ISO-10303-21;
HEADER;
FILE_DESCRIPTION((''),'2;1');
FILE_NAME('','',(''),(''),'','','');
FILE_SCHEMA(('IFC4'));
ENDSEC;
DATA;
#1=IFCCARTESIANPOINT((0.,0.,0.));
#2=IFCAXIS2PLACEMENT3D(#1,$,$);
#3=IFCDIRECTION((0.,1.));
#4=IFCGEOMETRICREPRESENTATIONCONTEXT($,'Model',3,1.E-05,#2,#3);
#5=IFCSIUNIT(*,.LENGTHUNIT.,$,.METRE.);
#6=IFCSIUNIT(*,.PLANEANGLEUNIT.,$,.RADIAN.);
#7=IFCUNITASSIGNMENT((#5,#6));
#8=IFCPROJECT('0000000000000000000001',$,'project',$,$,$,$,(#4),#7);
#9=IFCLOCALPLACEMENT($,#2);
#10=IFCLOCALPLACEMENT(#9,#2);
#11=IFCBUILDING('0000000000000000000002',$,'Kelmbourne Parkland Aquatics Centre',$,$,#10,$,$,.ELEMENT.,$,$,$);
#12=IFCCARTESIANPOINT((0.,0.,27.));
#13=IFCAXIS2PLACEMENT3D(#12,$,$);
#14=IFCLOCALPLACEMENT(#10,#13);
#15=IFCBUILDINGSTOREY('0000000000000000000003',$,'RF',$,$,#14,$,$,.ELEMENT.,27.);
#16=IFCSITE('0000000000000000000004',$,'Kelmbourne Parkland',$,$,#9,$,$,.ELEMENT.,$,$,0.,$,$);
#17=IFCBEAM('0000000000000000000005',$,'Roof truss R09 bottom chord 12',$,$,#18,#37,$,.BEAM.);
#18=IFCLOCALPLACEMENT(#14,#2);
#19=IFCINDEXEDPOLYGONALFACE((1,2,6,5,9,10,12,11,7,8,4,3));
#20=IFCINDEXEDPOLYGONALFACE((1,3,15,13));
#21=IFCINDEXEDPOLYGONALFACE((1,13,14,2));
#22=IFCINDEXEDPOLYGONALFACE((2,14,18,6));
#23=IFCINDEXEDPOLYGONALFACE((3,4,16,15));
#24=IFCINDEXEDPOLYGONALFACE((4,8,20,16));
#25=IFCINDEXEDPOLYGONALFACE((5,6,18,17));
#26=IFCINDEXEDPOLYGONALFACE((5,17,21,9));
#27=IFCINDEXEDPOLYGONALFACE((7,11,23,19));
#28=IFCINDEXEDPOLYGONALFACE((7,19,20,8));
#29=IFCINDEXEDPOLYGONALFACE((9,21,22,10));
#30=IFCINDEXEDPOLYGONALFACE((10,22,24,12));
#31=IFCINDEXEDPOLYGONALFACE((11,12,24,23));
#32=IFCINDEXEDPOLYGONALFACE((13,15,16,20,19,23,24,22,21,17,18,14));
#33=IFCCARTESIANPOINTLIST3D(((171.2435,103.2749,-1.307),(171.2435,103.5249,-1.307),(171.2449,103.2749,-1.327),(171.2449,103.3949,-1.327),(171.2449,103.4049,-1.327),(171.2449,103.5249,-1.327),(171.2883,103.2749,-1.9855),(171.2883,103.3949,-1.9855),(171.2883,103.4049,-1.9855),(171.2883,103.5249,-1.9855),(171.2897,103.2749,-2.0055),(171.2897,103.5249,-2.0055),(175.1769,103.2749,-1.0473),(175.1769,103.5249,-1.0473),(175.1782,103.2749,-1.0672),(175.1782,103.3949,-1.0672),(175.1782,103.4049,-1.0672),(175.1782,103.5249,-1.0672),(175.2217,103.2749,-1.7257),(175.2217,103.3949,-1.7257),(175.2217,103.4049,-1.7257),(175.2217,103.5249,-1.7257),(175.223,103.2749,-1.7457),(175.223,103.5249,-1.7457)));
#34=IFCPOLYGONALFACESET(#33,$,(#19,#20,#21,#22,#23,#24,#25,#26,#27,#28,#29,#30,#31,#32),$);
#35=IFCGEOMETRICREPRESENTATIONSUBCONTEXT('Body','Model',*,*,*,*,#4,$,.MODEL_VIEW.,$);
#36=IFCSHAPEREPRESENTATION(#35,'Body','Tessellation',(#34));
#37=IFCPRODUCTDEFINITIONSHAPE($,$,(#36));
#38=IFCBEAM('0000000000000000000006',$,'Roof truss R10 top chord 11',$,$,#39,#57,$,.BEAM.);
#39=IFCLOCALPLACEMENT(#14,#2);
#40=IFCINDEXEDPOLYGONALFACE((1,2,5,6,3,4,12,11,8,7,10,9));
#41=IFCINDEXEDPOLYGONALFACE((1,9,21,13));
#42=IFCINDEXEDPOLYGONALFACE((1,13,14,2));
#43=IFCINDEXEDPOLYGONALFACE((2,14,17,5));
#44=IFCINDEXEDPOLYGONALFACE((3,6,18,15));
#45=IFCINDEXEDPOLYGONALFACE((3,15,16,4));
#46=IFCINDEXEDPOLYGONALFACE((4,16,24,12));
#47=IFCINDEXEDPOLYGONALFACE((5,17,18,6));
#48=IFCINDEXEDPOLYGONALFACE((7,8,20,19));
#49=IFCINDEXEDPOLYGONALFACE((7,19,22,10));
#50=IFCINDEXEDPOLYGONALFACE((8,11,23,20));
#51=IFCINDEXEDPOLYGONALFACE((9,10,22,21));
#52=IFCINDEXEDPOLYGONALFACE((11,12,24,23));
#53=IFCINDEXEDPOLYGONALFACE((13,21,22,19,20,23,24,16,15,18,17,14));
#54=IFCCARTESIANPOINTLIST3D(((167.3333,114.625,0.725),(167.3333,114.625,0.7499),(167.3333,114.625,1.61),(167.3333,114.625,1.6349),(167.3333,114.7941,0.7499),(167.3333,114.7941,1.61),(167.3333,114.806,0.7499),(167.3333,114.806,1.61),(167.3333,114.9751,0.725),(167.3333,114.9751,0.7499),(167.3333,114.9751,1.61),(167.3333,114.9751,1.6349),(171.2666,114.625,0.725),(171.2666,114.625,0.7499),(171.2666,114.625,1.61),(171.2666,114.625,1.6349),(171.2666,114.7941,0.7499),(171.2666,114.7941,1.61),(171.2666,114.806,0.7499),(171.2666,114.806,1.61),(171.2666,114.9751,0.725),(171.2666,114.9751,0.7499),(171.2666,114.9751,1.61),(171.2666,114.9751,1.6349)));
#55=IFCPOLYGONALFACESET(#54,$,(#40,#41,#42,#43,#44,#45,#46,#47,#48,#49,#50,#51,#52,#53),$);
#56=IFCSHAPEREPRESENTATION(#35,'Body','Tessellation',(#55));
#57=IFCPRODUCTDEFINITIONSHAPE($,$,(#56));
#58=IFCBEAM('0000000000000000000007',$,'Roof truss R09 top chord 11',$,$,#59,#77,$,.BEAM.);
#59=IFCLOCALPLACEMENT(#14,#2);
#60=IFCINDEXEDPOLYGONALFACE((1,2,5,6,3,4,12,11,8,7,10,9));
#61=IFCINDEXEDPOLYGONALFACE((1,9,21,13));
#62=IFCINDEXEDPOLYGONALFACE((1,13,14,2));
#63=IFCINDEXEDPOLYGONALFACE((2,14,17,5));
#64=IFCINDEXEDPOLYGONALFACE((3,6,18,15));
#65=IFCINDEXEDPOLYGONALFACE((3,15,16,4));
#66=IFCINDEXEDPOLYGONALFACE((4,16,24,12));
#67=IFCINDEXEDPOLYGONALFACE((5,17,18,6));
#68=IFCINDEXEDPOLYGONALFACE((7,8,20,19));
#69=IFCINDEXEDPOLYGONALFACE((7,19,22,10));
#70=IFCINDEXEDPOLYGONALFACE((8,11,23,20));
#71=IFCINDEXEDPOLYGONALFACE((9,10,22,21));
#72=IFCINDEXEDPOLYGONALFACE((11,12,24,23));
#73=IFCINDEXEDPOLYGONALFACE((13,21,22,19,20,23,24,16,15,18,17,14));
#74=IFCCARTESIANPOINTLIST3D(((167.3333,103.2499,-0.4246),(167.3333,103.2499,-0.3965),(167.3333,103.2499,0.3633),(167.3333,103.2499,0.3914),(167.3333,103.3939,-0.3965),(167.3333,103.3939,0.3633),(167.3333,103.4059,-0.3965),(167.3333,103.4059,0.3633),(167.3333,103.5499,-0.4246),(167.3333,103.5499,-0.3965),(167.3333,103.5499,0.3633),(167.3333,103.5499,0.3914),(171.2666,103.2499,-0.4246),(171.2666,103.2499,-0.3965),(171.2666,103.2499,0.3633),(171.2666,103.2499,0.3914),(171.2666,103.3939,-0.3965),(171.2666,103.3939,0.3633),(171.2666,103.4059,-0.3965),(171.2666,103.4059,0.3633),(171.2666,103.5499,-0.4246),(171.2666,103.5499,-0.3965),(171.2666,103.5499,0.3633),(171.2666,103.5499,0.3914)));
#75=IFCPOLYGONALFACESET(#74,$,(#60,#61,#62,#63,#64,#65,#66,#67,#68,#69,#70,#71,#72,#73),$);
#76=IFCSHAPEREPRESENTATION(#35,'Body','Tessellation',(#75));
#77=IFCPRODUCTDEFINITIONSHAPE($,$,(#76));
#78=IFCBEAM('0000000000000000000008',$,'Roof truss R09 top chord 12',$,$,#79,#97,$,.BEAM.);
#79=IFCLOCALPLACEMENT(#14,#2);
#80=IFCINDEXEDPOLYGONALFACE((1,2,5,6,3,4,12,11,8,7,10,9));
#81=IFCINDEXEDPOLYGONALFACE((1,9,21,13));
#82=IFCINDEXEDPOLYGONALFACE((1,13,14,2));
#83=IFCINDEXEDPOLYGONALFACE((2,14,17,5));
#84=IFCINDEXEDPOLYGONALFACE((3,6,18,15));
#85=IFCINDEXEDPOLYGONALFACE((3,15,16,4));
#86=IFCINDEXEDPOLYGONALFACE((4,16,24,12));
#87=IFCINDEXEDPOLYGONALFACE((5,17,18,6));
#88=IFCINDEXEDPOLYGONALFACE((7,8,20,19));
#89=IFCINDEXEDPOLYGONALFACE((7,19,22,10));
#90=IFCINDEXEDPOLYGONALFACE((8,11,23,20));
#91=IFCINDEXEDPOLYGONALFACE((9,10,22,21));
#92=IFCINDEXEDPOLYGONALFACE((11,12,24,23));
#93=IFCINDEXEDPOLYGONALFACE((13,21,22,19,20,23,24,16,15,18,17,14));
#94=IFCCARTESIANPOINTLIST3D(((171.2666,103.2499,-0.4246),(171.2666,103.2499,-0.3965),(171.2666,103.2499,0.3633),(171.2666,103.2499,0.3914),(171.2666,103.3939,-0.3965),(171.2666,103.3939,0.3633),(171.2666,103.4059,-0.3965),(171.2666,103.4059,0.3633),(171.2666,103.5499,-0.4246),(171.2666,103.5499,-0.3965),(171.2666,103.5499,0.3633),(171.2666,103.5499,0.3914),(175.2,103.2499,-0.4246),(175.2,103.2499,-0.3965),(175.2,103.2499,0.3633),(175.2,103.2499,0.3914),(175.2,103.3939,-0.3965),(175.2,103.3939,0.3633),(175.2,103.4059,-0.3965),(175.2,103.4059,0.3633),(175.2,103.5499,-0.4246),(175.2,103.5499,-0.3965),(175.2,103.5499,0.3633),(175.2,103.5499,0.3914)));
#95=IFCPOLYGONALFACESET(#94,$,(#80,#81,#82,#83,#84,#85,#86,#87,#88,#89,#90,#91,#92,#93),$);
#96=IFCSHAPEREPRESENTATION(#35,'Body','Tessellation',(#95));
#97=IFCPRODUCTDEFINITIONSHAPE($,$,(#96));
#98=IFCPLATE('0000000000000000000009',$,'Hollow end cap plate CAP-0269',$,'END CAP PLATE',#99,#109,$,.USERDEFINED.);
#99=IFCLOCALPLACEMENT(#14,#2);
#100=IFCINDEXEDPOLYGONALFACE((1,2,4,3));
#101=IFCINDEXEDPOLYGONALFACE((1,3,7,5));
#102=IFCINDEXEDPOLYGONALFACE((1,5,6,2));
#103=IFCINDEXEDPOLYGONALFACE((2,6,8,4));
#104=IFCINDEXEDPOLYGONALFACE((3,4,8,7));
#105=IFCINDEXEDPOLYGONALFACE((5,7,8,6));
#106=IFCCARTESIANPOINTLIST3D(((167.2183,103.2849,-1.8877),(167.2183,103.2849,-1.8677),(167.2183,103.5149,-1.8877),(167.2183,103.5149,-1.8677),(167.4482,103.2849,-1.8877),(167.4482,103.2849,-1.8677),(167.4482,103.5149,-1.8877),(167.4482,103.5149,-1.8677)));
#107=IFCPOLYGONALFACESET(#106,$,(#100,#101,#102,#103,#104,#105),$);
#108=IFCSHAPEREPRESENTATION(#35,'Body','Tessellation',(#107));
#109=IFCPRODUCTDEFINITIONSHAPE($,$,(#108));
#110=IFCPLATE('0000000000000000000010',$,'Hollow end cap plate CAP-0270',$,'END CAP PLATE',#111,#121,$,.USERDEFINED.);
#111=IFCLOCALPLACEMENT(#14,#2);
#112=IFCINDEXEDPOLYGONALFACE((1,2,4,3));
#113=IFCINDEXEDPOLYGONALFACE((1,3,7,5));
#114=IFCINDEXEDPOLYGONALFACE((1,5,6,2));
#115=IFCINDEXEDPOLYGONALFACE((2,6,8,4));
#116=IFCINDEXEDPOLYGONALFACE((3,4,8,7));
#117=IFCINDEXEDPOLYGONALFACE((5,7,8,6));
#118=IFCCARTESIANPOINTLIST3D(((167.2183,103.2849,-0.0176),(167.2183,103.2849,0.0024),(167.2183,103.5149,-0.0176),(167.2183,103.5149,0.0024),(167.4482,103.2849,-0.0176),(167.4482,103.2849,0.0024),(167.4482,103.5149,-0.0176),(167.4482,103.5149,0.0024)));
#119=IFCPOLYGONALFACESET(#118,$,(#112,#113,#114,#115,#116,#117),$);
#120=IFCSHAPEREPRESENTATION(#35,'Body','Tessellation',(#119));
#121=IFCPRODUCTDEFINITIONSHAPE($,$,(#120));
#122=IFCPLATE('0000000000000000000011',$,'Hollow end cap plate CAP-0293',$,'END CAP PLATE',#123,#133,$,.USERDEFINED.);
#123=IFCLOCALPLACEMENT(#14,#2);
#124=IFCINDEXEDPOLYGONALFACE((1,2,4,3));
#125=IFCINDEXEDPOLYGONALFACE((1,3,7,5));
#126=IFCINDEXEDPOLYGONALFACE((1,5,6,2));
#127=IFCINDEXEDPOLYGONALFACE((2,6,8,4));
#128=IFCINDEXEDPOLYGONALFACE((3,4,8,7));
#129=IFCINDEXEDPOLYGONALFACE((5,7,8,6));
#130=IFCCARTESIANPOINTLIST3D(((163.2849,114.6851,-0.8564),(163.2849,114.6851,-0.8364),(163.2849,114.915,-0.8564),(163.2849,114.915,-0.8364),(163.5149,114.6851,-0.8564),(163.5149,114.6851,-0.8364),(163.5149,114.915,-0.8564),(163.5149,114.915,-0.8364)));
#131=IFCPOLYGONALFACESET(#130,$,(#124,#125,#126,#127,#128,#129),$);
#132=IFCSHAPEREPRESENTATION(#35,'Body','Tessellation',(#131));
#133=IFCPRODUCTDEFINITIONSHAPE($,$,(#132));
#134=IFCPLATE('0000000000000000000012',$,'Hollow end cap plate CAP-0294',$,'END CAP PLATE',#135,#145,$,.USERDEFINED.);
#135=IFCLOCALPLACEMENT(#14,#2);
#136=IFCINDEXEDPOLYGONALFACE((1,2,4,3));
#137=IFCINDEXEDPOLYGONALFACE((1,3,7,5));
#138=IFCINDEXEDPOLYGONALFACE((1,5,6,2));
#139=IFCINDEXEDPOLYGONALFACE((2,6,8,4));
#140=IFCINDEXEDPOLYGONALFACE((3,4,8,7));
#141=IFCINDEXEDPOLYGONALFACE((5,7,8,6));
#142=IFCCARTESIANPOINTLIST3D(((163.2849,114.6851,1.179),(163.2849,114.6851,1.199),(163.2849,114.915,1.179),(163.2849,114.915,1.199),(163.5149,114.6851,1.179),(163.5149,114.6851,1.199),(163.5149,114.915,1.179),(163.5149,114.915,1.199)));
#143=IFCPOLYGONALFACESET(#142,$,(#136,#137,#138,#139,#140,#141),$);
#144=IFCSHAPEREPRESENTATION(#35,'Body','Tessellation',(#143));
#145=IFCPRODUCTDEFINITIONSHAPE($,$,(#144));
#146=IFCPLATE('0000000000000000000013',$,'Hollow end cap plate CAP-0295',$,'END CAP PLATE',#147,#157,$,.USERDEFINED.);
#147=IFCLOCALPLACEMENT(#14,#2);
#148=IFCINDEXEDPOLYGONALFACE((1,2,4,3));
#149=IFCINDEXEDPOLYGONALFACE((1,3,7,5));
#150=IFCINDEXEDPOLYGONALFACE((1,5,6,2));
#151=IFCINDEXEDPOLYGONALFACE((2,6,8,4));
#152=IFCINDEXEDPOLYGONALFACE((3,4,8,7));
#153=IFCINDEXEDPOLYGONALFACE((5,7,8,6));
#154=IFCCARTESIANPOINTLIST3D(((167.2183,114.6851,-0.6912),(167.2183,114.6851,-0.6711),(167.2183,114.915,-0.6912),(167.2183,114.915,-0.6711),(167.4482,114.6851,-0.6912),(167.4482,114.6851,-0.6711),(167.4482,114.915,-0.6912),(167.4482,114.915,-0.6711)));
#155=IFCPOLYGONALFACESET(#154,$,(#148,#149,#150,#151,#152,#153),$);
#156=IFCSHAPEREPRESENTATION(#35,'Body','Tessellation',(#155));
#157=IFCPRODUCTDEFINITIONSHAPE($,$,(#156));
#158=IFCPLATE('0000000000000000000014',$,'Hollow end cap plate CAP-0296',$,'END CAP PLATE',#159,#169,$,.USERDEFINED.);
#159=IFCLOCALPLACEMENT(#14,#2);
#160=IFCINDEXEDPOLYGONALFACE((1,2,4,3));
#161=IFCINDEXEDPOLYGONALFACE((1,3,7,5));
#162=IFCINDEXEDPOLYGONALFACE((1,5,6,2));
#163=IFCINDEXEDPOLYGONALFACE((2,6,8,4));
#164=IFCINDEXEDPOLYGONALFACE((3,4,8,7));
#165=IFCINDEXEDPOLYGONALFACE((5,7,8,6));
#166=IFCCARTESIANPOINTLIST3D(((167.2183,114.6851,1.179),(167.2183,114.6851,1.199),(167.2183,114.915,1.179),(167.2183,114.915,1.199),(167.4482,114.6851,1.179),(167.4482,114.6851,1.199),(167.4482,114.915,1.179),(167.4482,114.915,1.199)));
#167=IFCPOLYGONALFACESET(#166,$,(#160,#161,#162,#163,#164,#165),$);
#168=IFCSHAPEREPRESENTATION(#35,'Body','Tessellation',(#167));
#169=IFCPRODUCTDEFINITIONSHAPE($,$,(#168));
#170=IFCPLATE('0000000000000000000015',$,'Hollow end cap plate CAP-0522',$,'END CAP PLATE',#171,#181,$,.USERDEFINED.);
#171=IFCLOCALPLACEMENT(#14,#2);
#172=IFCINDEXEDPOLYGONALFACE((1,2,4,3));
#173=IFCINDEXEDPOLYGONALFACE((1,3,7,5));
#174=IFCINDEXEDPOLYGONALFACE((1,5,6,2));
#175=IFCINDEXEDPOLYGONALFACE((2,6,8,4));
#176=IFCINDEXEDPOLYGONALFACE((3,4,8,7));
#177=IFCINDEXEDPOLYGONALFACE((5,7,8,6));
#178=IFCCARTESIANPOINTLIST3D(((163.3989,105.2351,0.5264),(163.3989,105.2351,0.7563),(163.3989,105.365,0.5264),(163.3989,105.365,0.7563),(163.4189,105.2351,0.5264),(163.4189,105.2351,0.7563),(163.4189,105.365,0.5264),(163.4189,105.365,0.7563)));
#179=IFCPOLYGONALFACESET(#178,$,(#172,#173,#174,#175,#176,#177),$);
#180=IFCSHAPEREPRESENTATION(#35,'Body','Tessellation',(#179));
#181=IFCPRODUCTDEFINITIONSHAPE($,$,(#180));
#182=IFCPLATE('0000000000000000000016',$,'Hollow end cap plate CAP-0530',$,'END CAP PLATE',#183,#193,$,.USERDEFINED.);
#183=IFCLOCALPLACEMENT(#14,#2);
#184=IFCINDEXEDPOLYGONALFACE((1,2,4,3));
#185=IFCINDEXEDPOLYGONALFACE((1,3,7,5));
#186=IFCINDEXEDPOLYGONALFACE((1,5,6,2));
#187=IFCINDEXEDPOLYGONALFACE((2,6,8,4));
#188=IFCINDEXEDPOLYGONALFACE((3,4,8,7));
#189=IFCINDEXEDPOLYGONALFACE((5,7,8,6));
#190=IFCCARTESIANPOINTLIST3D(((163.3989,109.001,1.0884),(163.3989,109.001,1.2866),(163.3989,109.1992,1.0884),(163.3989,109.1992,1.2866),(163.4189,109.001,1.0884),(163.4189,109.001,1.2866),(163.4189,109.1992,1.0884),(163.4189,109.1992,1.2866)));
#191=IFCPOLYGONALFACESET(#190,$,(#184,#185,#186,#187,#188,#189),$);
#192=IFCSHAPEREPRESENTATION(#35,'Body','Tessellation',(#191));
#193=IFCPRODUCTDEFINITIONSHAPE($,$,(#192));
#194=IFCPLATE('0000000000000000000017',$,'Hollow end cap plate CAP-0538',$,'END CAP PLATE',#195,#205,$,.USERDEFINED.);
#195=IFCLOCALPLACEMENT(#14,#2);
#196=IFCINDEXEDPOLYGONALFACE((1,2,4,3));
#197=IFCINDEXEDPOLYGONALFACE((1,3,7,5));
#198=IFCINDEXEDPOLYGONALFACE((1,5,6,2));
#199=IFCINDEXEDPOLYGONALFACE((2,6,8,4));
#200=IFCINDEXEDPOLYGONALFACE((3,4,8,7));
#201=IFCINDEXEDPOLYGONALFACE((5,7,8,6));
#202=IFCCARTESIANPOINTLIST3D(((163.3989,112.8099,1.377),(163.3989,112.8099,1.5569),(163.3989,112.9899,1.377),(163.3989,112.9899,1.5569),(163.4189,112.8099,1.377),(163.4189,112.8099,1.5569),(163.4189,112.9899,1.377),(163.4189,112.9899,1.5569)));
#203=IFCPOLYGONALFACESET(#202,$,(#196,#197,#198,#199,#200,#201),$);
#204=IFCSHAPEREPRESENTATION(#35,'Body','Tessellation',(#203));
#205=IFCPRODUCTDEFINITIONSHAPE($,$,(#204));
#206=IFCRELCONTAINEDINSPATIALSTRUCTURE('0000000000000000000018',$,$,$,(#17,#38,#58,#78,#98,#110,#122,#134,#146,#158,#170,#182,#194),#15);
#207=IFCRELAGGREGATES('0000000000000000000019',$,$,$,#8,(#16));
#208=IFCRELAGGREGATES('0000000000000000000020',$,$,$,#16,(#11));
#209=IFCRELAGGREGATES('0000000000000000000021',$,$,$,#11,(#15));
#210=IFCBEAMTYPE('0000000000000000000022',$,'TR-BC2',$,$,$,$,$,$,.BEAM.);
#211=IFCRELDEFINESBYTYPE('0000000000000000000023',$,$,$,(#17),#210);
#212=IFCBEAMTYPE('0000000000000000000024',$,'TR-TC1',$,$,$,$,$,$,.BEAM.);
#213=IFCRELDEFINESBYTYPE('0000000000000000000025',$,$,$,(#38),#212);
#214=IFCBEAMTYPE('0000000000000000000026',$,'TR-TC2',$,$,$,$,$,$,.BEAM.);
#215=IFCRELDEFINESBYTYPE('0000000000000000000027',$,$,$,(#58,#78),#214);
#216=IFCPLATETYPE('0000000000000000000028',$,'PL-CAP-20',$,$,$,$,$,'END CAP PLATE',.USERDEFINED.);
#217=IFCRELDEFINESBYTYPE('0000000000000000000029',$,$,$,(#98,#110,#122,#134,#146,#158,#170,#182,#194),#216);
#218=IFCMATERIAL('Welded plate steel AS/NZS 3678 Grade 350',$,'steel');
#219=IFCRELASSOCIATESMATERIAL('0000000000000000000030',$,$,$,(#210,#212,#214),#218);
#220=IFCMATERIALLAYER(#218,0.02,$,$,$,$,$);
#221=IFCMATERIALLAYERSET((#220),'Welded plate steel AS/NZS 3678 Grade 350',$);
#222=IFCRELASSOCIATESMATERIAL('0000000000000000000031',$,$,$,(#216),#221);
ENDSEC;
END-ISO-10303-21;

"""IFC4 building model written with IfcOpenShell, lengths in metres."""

from ifc_helpers import new_model, si_unit, direction, frame, origin, origin_2d, place, context, subcontext, project, spatial, rectangle, i_section, extrude, material, layer, layer_set, material_profile, profile_set, type_object, element, save


model = new_model("IFC4")

# Units and contexts
model_context = context("Model", 3, precision=1e-05, world=origin(), true_north=direction((0.0, 1.0)))
body_context = subcontext(model_context, "Body", "Model", "MODEL_VIEW")
ifc_project = project(units=[si_unit("LENGTHUNIT", "METRE"), si_unit("PLANEANGLEUNIT", "RADIAN")], contexts=[model_context])

# Site, building, storey
site_placement = place(None, origin())
site = spatial("IfcSite", under=ifc_project, at=site_placement, Name="Kelmbourne Parkland", CompositionType="ELEMENT", RefElevation=0.0)
building_placement = place(site_placement, origin())
building = spatial("IfcBuilding", under=site, at=building_placement, Name="Kelmbourne Parkland Aquatics Centre", CompositionType="ELEMENT")
storey_placement = place(building_placement, frame((0.0, 0.0, 27.0)))
storey = spatial("IfcBuildingStorey", under=building, at=storey_placement, Name="RF", CompositionType="ELEMENT", Elevation=27.0)

# Beams
ifc_material_1 = material(Name="Welded plate steel AS/NZS 3678 Grade 350", Category="steel")
ifc_material_profile_1 = material_profile(ifc_material_1, i_section(OverallWidth=0.25, OverallDepth=0.7, WebThickness=0.01, FlangeThickness=0.02, at=origin_2d()), Name="700WB130")
ifc_profile_set_1 = profile_set([ifc_material_profile_1], Name="Welded plate steel AS/NZS 3678 Grade 350")
beam_type_1 = type_object("IfcBeamType", Name="TR-BC2", PredefinedType="BEAM", material=ifc_profile_set_1)
beam_1_placement = place(storey_placement, frame((171.2666, 103.3999, -1.6562), z_axis=(0.997826, 0.0, 0.065898), x_axis=(0.0, 1.0, 0.0)))
element("IfcBeam", 1, at=beam_1_placement, inside=storey, type_object=beam_type_1, Name="Roof truss R09 bottom chord 12", PredefinedType="BEAM", context=body_context, shape_type="SweptSolid", body=[
    extrude(i_section(OverallWidth=0.25, OverallDepth=0.7, WebThickness=0.01, FlangeThickness=0.02, at=origin_2d()), origin(), (0.0, 0.0, 1.0), 3.9419),
])
ifc_material_profile_2 = material_profile(ifc_material_1, i_section(OverallWidth=0.3501, OverallDepth=0.9099, WebThickness=0.012, FlangeThickness=0.0249, at=origin_2d()), Name="900WB218")
ifc_profile_set_2 = profile_set([ifc_material_profile_2], Name="Welded plate steel AS/NZS 3678 Grade 350")
beam_type_2 = type_object("IfcBeamType", Name="TR-TC1", PredefinedType="BEAM", material=ifc_profile_set_2)
beam_2_placement = place(storey_placement, frame((167.3333, 114.8, 1.1799), z_axis=(1.0, 0.0, 0.0), x_axis=(0.0, 1.0, 0.0)))
element("IfcBeam", 2, at=beam_2_placement, inside=storey, type_object=beam_type_2, Name="Roof truss R10 top chord 11", PredefinedType="BEAM", context=body_context, shape_type="SweptSolid", body=[
    extrude(i_section(OverallWidth=0.3501, OverallDepth=0.9099, WebThickness=0.012, FlangeThickness=0.0249, at=origin_2d()), origin(), (0.0, 0.0, 1.0), 3.9333),
])
ifc_material_profile_3 = material_profile(ifc_material_1, i_section(OverallWidth=0.3, OverallDepth=0.8159, WebThickness=0.012, FlangeThickness=0.0281, at=origin_2d()), Name="800WB192")
ifc_profile_set_3 = profile_set([ifc_material_profile_3], Name="Welded plate steel AS/NZS 3678 Grade 350")
beam_type_3 = type_object("IfcBeamType", Name="TR-TC2", PredefinedType="BEAM", material=ifc_profile_set_3)
for number, where, z_axis, x_axis, name in (
    (3, (167.3333, 103.3999, -0.0166), (1.0, 0.0, 0.0), (0.0, 1.0, 0.0), "Roof truss R09 top chord 11"),
    (4, (171.2666, 103.3999, -0.0166), (1.0, 0.0, 0.0), (0.0, 1.0, 0.0), "Roof truss R09 top chord 12"),
):
    element("IfcBeam", number, at=place(storey_placement, frame(where, z_axis=z_axis, x_axis=x_axis)), inside=storey, type_object=beam_type_3, Name=name, PredefinedType="BEAM", context=body_context, shape_type="SweptSolid", body=[
        extrude(i_section(OverallWidth=0.3, OverallDepth=0.8159, WebThickness=0.012, FlangeThickness=0.0281, at=origin_2d()), origin(), (0.0, 0.0, 1.0), 3.9333),
    ])

# Plates
ifc_layer_1 = layer(ifc_material_1, 0.02)
ifc_layer_set_1 = layer_set([ifc_layer_1], Name="Welded plate steel AS/NZS 3678 Grade 350")
plate_type_1 = type_object("IfcPlateType", Name="PL-CAP-20", ElementType="END CAP PLATE", PredefinedType="USERDEFINED", material=ifc_layer_set_1)
for number, where, z_axis, x_axis, name in (
    (5, (167.3333, 103.3999, -1.8877), (0.0, 0.0, 1.0), (1.0, 0.0, 0.0), "Hollow end cap plate CAP-0269"),
    (6, (167.3333, 103.3999, -0.0176), (0.0, 0.0, 1.0), (1.0, 0.0, 0.0), "Hollow end cap plate CAP-0270"),
    (7, (163.3999, 114.8, -0.8564), (0.0, 0.0, 1.0), (1.0, 0.0, 0.0), "Hollow end cap plate CAP-0293"),
    (8, (163.3999, 114.8, 1.179), (0.0, 0.0, 1.0), (1.0, 0.0, 0.0), "Hollow end cap plate CAP-0294"),
    (9, (167.3333, 114.8, -0.6912), (0.0, 0.0, 1.0), (1.0, 0.0, 0.0), "Hollow end cap plate CAP-0295"),
    (10, (167.3333, 114.8, 1.179), (0.0, 0.0, 1.0), (1.0, 0.0, 0.0), "Hollow end cap plate CAP-0296"),
):
    element("IfcPlate", number, at=place(storey_placement, frame(where, z_axis=z_axis, x_axis=x_axis)), inside=storey, type_object=plate_type_1, Name=name, ObjectType="END CAP PLATE", PredefinedType="USERDEFINED", context=body_context, shape_type="SweptSolid", body=[
        extrude(rectangle(XDim=0.23, YDim=0.23, at=origin_2d()), origin(), (0.0, 0.0, 1.0), 0.02),
    ])
plate_1_placement = place(storey_placement, frame((163.4089, 105.3, 0.5264), z_axis=(0.0, 0.0, 1.0), x_axis=(1.0, 0.0, 0.0)))
element("IfcPlate", 11, at=plate_1_placement, inside=storey, type_object=plate_type_1, Name="Hollow end cap plate CAP-0522", ObjectType="END CAP PLATE", PredefinedType="USERDEFINED", context=body_context, shape_type="SweptSolid", body=[
    extrude(rectangle(XDim=0.02, YDim=0.1299, at=origin_2d()), origin(), (0.0, 0.0, 1.0), 0.23),
])
plate_2_placement = place(storey_placement, frame((163.4089, 109.1001, 1.0884), z_axis=(0.0, 0.0, 1.0), x_axis=(1.0, 0.0, 0.0)))
element("IfcPlate", 12, at=plate_2_placement, inside=storey, type_object=plate_type_1, Name="Hollow end cap plate CAP-0530", ObjectType="END CAP PLATE", PredefinedType="USERDEFINED", context=body_context, shape_type="SweptSolid", body=[
    extrude(rectangle(XDim=0.02, YDim=0.1982, at=origin_2d()), origin(), (0.0, 0.0, 1.0), 0.1982),
])
plate_3_placement = place(storey_placement, frame((163.4089, 112.8999, 1.377), z_axis=(0.0, 0.0, 1.0), x_axis=(1.0, 0.0, 0.0)))
element("IfcPlate", 13, at=plate_3_placement, inside=storey, type_object=plate_type_1, Name="Hollow end cap plate CAP-0538", ObjectType="END CAP PLATE", PredefinedType="USERDEFINED", context=body_context, shape_type="SweptSolid", body=[
    extrude(rectangle(XDim=0.02, YDim=0.1799, at=origin_2d()), origin(), (0.0, 0.0, 1.0), 0.1799),
])

save(model, "model.ifc")
